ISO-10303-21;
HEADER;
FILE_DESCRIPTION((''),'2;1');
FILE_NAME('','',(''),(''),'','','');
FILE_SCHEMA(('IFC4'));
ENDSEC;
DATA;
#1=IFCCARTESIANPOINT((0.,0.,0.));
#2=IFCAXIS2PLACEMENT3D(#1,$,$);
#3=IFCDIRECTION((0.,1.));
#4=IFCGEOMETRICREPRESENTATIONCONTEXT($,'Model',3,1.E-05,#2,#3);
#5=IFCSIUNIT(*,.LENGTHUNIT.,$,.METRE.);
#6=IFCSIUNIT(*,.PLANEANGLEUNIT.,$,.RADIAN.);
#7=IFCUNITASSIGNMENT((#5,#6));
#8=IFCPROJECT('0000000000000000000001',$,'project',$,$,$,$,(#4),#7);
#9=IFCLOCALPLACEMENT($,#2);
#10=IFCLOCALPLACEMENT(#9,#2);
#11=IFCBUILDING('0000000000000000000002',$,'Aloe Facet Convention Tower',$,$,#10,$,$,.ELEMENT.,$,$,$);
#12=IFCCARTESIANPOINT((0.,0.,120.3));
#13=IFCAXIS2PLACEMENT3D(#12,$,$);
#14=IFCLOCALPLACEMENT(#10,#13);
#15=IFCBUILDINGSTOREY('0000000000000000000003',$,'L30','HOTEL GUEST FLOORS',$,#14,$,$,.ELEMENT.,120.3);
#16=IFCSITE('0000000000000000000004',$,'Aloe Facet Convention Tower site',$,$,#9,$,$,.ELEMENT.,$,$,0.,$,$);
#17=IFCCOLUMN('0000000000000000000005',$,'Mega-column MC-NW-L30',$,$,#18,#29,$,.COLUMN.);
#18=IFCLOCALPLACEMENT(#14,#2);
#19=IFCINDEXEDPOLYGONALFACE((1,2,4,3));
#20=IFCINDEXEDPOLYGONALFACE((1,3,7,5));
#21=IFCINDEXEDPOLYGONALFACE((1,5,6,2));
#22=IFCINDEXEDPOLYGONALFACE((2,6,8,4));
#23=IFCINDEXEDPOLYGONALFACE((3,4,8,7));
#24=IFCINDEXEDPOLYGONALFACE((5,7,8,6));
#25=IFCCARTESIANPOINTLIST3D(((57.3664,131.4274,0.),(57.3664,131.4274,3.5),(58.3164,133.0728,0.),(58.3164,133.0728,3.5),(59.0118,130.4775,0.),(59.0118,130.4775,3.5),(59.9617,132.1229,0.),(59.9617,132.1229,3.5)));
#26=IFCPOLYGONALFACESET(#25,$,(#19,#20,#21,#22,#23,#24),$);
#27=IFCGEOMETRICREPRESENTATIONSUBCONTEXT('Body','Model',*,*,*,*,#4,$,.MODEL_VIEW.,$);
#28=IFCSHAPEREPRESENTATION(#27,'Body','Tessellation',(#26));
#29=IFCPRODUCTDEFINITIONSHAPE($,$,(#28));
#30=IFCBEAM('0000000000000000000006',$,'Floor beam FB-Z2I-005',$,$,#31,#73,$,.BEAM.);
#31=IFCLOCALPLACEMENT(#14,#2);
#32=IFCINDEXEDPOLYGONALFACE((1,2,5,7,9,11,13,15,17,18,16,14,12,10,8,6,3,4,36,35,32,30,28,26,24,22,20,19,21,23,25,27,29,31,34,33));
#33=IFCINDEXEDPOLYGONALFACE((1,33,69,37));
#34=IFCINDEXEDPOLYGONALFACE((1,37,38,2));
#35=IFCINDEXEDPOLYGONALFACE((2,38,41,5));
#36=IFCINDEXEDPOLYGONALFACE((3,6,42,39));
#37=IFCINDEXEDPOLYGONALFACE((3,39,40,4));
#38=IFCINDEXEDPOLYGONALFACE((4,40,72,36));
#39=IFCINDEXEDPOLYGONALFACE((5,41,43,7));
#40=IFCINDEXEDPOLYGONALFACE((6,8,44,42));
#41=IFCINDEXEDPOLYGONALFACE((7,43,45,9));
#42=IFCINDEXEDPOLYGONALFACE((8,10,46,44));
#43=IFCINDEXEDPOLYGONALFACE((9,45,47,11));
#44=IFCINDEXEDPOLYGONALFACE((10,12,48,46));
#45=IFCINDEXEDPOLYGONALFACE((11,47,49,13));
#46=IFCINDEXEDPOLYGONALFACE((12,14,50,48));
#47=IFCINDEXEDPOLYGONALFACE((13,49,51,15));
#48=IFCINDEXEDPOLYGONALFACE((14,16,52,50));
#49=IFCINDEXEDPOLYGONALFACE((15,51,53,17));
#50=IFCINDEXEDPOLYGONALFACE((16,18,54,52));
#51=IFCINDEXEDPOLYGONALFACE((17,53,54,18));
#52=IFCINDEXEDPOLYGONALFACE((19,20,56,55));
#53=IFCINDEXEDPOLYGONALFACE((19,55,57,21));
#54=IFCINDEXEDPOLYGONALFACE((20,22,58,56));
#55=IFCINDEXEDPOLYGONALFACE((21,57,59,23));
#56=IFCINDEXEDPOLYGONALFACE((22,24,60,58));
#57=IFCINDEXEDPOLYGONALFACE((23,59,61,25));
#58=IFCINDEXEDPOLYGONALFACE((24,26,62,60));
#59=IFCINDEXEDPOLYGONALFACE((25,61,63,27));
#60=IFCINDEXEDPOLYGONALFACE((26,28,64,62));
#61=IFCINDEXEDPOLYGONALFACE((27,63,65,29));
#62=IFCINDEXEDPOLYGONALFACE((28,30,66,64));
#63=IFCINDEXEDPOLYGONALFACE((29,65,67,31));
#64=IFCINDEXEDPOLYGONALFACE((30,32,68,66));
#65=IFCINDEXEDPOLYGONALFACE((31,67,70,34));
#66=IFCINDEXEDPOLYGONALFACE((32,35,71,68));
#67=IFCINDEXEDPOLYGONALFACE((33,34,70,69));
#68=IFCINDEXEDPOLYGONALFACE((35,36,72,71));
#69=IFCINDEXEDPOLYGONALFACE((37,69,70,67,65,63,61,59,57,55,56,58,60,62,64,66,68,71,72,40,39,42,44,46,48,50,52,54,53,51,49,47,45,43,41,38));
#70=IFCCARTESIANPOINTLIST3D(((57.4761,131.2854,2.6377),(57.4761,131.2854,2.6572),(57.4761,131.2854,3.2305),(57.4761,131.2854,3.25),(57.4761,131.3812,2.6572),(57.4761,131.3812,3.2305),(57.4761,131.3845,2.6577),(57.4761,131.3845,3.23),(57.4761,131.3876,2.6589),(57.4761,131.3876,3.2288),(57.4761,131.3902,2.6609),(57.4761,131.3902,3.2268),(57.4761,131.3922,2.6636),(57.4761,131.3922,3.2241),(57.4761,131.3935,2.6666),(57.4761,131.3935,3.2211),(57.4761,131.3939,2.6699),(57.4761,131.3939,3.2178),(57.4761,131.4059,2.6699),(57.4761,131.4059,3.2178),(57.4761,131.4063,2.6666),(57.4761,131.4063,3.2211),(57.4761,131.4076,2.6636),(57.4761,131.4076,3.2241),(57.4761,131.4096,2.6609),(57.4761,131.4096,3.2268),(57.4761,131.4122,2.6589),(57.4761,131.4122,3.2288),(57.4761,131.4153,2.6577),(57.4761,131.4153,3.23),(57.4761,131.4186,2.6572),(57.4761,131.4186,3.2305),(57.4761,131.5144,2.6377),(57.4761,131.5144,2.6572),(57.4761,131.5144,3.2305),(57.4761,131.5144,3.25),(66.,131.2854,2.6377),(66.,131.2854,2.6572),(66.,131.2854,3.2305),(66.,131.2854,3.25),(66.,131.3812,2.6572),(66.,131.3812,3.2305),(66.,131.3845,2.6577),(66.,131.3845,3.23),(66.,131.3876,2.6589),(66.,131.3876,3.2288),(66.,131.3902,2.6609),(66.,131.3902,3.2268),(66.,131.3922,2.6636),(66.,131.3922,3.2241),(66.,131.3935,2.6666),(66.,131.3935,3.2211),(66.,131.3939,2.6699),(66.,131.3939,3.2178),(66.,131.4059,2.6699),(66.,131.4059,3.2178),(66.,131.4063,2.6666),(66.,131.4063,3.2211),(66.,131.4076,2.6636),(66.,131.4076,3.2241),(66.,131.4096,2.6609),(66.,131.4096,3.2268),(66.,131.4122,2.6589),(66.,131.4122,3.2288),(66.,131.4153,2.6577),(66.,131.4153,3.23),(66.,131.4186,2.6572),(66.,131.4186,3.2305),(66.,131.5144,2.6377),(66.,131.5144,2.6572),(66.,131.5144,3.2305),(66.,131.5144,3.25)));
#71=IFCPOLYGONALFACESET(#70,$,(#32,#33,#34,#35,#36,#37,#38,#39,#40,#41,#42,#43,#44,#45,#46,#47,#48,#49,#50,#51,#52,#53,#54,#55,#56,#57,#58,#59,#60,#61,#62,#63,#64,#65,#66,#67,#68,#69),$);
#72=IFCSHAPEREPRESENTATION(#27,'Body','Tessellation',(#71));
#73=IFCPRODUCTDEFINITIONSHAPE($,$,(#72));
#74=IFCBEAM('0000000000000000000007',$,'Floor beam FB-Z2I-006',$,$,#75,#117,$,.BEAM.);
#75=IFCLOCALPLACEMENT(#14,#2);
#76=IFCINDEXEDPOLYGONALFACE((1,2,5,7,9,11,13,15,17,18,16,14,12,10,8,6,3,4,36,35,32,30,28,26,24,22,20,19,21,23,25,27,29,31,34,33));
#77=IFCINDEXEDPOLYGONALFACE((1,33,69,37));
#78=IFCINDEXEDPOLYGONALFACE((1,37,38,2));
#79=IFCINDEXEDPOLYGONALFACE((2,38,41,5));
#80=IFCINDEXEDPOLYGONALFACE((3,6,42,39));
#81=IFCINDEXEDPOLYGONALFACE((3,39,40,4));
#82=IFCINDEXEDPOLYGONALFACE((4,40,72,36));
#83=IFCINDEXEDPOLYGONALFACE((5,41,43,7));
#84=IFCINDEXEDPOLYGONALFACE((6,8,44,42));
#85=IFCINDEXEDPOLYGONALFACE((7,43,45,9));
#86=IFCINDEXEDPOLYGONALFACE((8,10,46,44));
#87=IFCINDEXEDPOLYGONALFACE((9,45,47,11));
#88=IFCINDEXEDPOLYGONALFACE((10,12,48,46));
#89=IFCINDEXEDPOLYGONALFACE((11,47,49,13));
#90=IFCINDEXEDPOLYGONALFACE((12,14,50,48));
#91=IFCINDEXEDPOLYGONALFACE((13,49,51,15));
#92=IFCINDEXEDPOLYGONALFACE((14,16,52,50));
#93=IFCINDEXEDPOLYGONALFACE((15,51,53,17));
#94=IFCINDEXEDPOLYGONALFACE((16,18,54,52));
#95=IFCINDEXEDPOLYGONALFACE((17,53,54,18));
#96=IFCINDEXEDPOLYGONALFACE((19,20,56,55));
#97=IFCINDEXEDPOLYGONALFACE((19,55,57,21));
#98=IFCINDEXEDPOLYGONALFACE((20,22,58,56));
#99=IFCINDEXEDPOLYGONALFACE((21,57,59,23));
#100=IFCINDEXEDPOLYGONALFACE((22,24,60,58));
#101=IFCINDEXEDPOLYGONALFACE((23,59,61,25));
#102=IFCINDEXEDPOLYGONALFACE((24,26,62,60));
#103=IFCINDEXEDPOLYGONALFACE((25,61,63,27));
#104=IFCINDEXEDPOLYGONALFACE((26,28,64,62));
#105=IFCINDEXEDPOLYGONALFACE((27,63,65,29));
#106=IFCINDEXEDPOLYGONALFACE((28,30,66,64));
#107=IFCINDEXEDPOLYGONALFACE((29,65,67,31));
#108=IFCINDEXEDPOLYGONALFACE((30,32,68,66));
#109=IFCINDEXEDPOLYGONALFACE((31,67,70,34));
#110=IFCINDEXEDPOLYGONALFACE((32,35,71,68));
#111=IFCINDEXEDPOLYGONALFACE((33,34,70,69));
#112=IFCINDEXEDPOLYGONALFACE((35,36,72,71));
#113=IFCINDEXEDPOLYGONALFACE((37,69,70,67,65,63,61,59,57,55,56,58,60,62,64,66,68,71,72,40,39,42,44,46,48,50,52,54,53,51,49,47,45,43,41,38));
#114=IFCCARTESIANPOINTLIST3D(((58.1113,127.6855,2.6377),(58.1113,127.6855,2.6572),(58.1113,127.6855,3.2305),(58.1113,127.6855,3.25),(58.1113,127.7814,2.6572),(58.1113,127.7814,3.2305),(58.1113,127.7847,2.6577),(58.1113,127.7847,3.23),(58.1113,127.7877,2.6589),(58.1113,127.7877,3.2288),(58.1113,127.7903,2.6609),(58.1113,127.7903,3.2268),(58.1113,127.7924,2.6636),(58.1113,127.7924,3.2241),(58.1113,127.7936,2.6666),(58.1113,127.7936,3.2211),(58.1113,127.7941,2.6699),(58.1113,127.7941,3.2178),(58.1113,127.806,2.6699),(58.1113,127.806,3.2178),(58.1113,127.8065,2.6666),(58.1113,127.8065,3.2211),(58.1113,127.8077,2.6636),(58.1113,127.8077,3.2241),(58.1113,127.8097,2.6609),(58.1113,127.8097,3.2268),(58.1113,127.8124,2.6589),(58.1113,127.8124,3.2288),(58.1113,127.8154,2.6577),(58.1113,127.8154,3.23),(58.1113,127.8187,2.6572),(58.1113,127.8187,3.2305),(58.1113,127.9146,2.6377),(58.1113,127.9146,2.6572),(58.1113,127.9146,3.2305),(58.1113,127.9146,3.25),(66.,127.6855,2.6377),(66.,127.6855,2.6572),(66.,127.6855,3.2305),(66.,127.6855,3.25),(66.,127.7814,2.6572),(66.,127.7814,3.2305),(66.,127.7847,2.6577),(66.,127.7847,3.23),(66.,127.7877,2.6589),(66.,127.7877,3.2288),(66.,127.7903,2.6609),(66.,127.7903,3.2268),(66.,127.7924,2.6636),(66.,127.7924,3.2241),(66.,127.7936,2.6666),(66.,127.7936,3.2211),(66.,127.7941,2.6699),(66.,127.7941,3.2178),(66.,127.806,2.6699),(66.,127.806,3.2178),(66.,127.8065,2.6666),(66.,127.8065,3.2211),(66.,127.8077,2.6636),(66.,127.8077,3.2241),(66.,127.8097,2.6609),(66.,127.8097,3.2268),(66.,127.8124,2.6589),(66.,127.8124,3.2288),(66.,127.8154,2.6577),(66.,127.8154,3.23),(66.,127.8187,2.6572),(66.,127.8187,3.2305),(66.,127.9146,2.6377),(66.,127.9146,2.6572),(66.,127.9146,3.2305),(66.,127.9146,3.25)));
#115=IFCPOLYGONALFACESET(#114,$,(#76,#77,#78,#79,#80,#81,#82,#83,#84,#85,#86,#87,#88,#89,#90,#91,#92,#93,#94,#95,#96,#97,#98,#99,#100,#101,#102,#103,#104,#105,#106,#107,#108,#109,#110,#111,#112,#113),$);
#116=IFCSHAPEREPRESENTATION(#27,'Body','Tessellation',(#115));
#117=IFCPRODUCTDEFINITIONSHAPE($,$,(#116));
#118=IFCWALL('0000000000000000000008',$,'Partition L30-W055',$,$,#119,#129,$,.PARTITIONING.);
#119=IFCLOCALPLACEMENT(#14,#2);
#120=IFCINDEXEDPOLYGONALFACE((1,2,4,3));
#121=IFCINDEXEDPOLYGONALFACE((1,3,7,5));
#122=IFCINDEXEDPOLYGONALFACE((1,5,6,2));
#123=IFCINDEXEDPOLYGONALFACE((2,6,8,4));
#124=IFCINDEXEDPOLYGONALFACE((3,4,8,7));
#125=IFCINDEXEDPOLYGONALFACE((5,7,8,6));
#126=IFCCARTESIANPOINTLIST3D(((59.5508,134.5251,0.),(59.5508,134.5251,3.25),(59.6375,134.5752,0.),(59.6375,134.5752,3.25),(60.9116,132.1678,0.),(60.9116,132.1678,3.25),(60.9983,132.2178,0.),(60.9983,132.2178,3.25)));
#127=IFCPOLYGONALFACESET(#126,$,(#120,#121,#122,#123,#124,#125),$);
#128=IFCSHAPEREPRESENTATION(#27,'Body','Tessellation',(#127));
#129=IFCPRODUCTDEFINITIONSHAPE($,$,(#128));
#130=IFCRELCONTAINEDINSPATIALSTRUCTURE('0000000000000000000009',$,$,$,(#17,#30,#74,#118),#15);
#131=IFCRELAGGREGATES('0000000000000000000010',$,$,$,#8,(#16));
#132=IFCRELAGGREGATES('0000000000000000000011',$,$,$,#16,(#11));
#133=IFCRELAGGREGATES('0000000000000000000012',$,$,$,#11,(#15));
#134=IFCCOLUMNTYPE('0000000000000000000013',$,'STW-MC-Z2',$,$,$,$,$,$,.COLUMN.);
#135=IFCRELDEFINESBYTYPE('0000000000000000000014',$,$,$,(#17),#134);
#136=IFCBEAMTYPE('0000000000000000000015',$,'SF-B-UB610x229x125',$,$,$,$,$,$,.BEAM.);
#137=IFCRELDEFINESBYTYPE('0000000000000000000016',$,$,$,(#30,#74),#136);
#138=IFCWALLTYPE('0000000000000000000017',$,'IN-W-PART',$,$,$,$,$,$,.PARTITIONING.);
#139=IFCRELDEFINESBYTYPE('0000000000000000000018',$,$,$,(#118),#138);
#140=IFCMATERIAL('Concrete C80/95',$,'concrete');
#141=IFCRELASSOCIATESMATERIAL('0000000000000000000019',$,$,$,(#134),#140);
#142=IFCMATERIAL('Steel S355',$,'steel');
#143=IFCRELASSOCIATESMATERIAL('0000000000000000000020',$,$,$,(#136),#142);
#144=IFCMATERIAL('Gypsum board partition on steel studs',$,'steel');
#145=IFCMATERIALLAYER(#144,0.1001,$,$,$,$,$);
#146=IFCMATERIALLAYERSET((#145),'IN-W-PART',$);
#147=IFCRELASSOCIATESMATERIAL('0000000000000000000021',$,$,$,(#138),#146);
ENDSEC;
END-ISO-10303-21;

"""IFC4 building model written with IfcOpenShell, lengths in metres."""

from ifc_helpers import new_model, si_unit, direction, frame, frame_2d, origin, origin_2d, place, context, subcontext, project, spatial, rectangle, i_section, extrude, material, layer, layer_set, material_profile, profile_set, type_object, element, save


model = new_model("IFC4")

# Units and contexts
model_context = context("Model", 3, precision=1e-05, world=origin(), true_north=direction((0.0, 1.0)))
body_context = subcontext(model_context, "Body", "Model", "MODEL_VIEW")
ifc_project = project(units=[si_unit("LENGTHUNIT", "METRE"), si_unit("PLANEANGLEUNIT", "RADIAN")], contexts=[model_context])

# Site, building, storey
site_placement = place(None, origin())
site = spatial("IfcSite", under=ifc_project, at=site_placement, Name="Aloe Facet Convention Tower site", CompositionType="ELEMENT", RefElevation=0.0)
building_placement = place(site_placement, origin())
building = spatial("IfcBuilding", under=site, at=building_placement, Name="Aloe Facet Convention Tower", CompositionType="ELEMENT")
storey_placement = place(building_placement, frame((0.0, 0.0, 120.3)))
storey = spatial("IfcBuildingStorey", under=building, at=storey_placement, Name="L30", Description="HOTEL GUEST FLOORS", CompositionType="ELEMENT", Elevation=120.3)

# Column
ifc_material_1 = material(Name="Concrete C80/95", Category="concrete")
ifc_material_profile_1 = material_profile(ifc_material_1, rectangle(XDim=1.8999, YDim=1.8999, at=origin_2d()), Name="STW-MC-Z2")
ifc_profile_set_1 = profile_set([ifc_material_profile_1], Name="Concrete C80/95")
column_type = type_object("IfcColumnType", Name="STW-MC-Z2", PredefinedType="COLUMN", material=ifc_profile_set_1)
column_placement = place(storey_placement, frame((58.6641, 131.7751, 0.0), z_axis=(0.0, 0.0, 1.0), x_axis=(-0.5, -0.866025, 0.0)))
element("IfcColumn", 1, at=column_placement, inside=storey, type_object=column_type, Name="Mega-column MC-NW-L30", PredefinedType="COLUMN", context=body_context, shape_type="SweptSolid", body=[
    extrude(rectangle(XDim=1.8999, YDim=1.8999, at=origin_2d()), origin(), (0.0, 0.0, 1.0), 3.5),
])

# Beams
ifc_material_2 = material(Name="Steel S355", Category="steel")
ifc_material_profile_2 = material_profile(ifc_material_2, i_section(OverallWidth=0.229, OverallDepth=0.6123, WebThickness=0.012, FlangeThickness=0.0195, FilletRadius=0.0127, at=origin_2d()), Name="UB 610x229x125")
ifc_profile_set_2 = profile_set([ifc_material_profile_2], Name="Steel S355")
beam_type = type_object("IfcBeamType", Name="SF-B-UB610x229x125", PredefinedType="BEAM", material=ifc_profile_set_2)
beam_1_placement = place(storey_placement, frame((57.4761, 131.3999, 2.9438), z_axis=(1.0, 0.0, 0.0), x_axis=(0.0, 1.0, 0.0)))
element("IfcBeam", 2, at=beam_1_placement, inside=storey, type_object=beam_type, Name="Floor beam FB-Z2I-005", PredefinedType="BEAM", context=body_context, shape_type="SweptSolid", body=[
    extrude(i_section(OverallWidth=0.229, OverallDepth=0.6123, WebThickness=0.012, FlangeThickness=0.0195, FilletRadius=0.0127, at=origin_2d()), origin(), (0.0, 0.0, 1.0), 8.5239),
])
beam_2_placement = place(storey_placement, frame((58.1113, 127.8, 2.9438), z_axis=(1.0, 0.0, 0.0), x_axis=(0.0, 1.0, 0.0)))
element("IfcBeam", 3, at=beam_2_placement, inside=storey, type_object=beam_type, Name="Floor beam FB-Z2I-006", PredefinedType="BEAM", context=body_context, shape_type="SweptSolid", body=[
    extrude(i_section(OverallWidth=0.229, OverallDepth=0.6123, WebThickness=0.012, FlangeThickness=0.0195, FilletRadius=0.0127, at=origin_2d()), origin(), (0.0, 0.0, 1.0), 7.8887),
])

# Wall
ifc_material_3 = material(Name="Gypsum board partition on steel studs", Category="steel")
ifc_layer_1 = layer(ifc_material_3, 0.1001)
ifc_layer_set_1 = layer_set([ifc_layer_1], Name="IN-W-PART")
wall_type_1 = type_object("IfcWallType", Name="IN-W-PART", PredefinedType="PARTITIONING", material=ifc_layer_set_1)
wall_1_placement = place(storey_placement, frame((59.5942, 134.55, 0.0), z_axis=(0.0, 0.0, 1.0), x_axis=(0.49994, -0.86606, 0.0)))
element("IfcWall", 4, at=wall_1_placement, inside=storey, type_object=wall_type_1, Name="Partition L30-W055", PredefinedType="PARTITIONING", context=body_context, shape_type="SweptSolid", body=[
    extrude(rectangle(XDim=2.7219, YDim=0.1001, at=frame_2d((1.3608, 0.0))), origin(), (0.0, 0.0, 1.0), 3.25),
])

save(model, "model.ifc")
